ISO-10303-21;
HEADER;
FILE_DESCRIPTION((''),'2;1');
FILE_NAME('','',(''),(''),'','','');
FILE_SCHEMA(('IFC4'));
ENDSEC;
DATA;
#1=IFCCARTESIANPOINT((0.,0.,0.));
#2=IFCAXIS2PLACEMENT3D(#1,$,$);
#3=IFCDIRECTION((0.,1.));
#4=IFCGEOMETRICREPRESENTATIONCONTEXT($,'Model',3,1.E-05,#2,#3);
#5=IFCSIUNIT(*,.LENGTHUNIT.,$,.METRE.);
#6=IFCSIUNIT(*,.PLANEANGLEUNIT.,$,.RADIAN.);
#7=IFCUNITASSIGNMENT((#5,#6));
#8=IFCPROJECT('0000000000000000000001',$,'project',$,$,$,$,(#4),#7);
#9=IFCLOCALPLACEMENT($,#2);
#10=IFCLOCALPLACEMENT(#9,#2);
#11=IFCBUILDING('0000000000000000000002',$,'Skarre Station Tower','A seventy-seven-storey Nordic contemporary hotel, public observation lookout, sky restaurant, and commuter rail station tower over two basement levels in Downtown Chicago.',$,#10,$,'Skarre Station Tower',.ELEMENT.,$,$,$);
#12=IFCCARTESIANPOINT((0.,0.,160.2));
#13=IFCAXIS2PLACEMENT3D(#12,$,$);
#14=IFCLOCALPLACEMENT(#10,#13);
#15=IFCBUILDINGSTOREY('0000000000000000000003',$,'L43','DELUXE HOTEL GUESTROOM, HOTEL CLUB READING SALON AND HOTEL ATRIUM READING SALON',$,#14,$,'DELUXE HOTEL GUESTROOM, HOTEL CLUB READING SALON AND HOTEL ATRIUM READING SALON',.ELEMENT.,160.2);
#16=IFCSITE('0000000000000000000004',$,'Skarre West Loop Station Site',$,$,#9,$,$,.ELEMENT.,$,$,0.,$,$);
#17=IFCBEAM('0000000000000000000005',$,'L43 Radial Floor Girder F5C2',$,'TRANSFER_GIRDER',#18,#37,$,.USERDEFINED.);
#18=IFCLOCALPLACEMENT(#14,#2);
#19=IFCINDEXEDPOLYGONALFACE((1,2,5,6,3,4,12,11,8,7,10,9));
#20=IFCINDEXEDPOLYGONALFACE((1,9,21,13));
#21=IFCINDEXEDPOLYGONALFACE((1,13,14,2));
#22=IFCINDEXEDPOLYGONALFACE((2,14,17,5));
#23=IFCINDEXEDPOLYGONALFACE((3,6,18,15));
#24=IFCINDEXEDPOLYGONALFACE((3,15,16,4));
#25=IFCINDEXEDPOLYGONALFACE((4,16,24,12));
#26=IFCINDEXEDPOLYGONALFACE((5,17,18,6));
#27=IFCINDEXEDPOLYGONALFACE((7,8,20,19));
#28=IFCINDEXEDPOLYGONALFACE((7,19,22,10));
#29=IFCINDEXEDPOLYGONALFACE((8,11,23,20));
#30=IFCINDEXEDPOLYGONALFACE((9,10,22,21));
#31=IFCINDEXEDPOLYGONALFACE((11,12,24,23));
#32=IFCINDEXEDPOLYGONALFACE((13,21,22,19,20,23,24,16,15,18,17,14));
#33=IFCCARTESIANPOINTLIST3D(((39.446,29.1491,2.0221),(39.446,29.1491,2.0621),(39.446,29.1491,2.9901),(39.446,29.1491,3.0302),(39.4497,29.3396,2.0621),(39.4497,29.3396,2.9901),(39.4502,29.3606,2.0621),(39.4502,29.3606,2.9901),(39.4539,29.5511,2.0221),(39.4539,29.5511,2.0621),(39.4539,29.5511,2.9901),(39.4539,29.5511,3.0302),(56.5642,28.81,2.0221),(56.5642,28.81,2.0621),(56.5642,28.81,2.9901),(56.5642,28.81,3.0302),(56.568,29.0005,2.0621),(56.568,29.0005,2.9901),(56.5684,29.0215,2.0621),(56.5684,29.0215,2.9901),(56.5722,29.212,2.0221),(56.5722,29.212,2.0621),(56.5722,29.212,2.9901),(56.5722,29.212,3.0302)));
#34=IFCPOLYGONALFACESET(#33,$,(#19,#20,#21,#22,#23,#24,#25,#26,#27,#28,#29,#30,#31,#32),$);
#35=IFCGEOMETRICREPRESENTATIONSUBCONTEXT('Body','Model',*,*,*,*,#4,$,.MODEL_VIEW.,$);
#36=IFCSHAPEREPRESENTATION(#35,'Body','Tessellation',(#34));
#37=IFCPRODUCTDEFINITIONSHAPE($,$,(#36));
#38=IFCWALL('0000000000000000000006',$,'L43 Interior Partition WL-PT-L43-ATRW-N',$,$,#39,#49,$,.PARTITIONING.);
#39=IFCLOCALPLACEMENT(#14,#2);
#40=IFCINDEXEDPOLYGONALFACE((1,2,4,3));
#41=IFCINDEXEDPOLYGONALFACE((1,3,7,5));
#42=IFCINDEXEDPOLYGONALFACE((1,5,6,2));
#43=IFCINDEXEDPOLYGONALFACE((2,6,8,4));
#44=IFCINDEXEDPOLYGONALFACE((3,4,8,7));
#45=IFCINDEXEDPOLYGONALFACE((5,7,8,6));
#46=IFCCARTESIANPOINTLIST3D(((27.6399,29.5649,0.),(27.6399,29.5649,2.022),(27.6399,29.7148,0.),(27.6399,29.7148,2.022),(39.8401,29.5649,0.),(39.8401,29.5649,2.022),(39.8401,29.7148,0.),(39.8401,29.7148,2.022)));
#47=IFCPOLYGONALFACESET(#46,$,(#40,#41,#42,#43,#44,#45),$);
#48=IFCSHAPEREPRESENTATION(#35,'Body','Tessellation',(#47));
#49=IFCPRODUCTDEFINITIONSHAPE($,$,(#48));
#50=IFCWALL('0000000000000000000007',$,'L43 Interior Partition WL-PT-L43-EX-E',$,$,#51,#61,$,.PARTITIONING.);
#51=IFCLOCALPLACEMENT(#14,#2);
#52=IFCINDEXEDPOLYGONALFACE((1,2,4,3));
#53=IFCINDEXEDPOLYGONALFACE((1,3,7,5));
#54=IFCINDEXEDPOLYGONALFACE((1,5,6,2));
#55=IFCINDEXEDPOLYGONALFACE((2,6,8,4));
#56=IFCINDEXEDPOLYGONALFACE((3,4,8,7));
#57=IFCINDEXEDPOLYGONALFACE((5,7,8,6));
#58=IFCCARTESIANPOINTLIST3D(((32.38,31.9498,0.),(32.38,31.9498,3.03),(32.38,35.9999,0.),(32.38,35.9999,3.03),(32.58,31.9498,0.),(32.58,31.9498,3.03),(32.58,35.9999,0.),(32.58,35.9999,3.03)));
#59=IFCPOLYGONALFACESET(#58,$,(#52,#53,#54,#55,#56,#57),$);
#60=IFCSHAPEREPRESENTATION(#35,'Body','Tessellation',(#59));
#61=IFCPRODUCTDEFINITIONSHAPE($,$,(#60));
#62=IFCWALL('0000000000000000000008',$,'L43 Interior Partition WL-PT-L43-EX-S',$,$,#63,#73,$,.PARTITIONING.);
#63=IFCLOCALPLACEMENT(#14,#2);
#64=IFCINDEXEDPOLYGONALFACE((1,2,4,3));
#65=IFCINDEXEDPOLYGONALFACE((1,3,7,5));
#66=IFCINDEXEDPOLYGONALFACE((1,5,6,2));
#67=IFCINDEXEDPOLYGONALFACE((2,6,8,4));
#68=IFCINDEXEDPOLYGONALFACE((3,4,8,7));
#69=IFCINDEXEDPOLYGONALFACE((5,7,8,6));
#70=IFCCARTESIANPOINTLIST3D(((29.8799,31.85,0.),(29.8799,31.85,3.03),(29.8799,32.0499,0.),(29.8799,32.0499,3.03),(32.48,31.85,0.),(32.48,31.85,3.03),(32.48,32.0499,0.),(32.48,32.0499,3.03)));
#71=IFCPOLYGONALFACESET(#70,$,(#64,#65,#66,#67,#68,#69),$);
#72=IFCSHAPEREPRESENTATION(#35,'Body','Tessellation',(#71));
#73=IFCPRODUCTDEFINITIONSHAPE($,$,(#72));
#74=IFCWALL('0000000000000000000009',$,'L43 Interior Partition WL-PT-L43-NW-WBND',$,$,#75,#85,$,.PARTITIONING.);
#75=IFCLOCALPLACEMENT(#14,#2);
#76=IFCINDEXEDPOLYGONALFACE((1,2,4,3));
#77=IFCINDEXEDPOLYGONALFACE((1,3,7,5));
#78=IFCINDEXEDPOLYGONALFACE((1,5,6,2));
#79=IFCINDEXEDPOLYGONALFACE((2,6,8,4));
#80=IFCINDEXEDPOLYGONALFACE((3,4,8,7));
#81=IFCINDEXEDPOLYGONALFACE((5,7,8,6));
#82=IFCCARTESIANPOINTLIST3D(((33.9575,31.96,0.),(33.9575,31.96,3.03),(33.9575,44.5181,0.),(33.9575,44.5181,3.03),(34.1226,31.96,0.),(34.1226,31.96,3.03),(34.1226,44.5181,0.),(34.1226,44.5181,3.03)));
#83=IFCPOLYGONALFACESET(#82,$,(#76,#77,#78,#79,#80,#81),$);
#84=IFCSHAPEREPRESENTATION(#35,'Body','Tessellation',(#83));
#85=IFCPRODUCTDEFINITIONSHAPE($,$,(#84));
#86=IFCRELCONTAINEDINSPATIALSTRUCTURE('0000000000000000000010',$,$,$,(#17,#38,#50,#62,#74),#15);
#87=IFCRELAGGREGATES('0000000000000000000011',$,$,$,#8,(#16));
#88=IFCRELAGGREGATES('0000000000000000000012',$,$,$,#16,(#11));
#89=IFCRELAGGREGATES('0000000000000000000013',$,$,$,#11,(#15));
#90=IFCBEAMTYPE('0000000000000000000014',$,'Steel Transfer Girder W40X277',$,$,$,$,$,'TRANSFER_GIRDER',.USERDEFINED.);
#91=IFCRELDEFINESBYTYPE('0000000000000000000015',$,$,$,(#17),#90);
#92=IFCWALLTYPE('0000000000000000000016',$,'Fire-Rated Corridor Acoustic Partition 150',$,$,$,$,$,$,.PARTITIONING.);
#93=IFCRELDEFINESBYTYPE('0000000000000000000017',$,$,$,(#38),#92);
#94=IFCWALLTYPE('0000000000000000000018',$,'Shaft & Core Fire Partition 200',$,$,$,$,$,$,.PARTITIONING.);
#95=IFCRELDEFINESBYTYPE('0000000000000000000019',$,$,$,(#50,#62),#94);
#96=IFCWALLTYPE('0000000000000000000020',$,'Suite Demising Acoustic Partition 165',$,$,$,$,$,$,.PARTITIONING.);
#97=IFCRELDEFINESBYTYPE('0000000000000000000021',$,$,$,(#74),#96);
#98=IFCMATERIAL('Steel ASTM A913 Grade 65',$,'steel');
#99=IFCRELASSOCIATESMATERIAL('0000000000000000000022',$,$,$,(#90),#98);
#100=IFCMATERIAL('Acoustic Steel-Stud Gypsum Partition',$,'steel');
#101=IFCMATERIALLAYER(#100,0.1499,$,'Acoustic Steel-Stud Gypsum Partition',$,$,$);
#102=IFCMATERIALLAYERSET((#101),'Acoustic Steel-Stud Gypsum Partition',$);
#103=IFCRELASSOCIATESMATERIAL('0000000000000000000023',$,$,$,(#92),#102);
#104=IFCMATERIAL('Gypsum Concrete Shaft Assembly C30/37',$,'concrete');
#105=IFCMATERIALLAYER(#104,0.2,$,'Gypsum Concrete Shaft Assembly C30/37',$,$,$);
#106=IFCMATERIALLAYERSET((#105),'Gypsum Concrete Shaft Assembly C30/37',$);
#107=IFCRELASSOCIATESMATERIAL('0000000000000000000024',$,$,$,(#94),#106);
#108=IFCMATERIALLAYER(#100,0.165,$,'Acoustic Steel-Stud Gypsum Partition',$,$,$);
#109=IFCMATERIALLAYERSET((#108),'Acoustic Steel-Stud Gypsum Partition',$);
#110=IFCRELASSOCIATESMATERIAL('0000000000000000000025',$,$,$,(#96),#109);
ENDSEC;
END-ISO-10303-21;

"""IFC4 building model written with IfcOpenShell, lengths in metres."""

from ifc_helpers import new_model, si_unit, direction, frame, frame_2d, origin, origin_2d, place, context, subcontext, project, spatial, rectangle, i_section, extrude, material, layer, layer_set, material_profile, profile_set, type_object, element, save


model = new_model("IFC4")

# Units and contexts
model_context = context("Model", 3, precision=1e-05, world=origin(), true_north=direction((0.0, 1.0)))
body_context = subcontext(model_context, "Body", "Model", "MODEL_VIEW")
ifc_project = project(units=[si_unit("LENGTHUNIT", "METRE"), si_unit("PLANEANGLEUNIT", "RADIAN")], contexts=[model_context])

# Site, building, storey
site_placement = place(None, origin())
site = spatial("IfcSite", under=ifc_project, at=site_placement, Name="Skarre West Loop Station Site", CompositionType="ELEMENT", RefElevation=0.0)
building_placement = place(site_placement, origin())
building = spatial("IfcBuilding", under=site, at=building_placement, Name="Skarre Station Tower", Description="A seventy-seven-storey Nordic contemporary hotel, public observation lookout, sky restaurant, and commuter rail station tower over two basement levels in Downtown Chicago.", LongName="Skarre Station Tower", CompositionType="ELEMENT")
storey_placement = place(building_placement, frame((0.0, 0.0, 160.2)))
storey = spatial("IfcBuildingStorey", under=building, at=storey_placement, Name="L43", Description="DELUXE HOTEL GUESTROOM, HOTEL CLUB READING SALON AND HOTEL ATRIUM READING SALON", LongName="DELUXE HOTEL GUESTROOM, HOTEL CLUB READING SALON AND HOTEL ATRIUM READING SALON", CompositionType="ELEMENT", Elevation=160.2)

# Shared definitions
ifc_material_1 = material(Name="Steel ASTM A913 Grade 65", Category="steel")

# Beam
ifc_material_profile_1 = material_profile(ifc_material_1, i_section(OverallWidth=0.4021, OverallDepth=1.0081, WebThickness=0.021, FlangeThickness=0.04, at=origin_2d()), Name="Steel ASTM A913 Grade 65")
ifc_profile_set_1 = profile_set([ifc_material_profile_1], Name="Steel ASTM A913 Grade 65")
beam_type_1 = type_object("IfcBeamType", Name="Steel Transfer Girder W40X277", ElementType="TRANSFER_GIRDER", PredefinedType="USERDEFINED", material=ifc_profile_set_1)
beam_1_placement = place(storey_placement, frame((39.45, 29.3501, 2.5261), z_axis=(0.999804, -0.019806, 0.0), x_axis=(0.019806, 0.999804, 0.0)))
element("IfcBeam", 1, at=beam_1_placement, inside=storey, type_object=beam_type_1, Name="L43 Radial Floor Girder F5C2", ObjectType="TRANSFER_GIRDER", PredefinedType="USERDEFINED", context=body_context, shape_type="SweptSolid", body=[
    extrude(i_section(OverallWidth=0.4021, OverallDepth=1.0081, WebThickness=0.021, FlangeThickness=0.04, at=origin_2d()), origin(), (0.0, 0.0, 1.0), 17.1216),
])

# Walls
ifc_material_2 = material(Name="Acoustic Steel-Stud Gypsum Partition", Category="steel")
ifc_layer_1 = layer(ifc_material_2, 0.1499, Name="Acoustic Steel-Stud Gypsum Partition")
ifc_layer_set_1 = layer_set([ifc_layer_1], Name="Acoustic Steel-Stud Gypsum Partition")
wall_type_1 = type_object("IfcWallType", Name="Fire-Rated Corridor Acoustic Partition 150", PredefinedType="PARTITIONING", material=ifc_layer_set_1)
wall_1_placement = place(storey_placement, frame((39.8401, 29.6399, 0.0), z_axis=(0.0, 0.0, 1.0), x_axis=(-1.0, 0.0, 0.0)))
element("IfcWall", 2, at=wall_1_placement, inside=storey, type_object=wall_type_1, Name="L43 Interior Partition WL-PT-L43-ATRW-N", PredefinedType="PARTITIONING", context=body_context, shape_type="SweptSolid", body=[
    extrude(rectangle(XDim=12.2002, YDim=0.1499, at=frame_2d((6.1001, 0.0))), origin(), (0.0, 0.0, 1.0), 2.022),
])
ifc_material_3 = material(Name="Gypsum Concrete Shaft Assembly C30/37", Category="concrete")
ifc_layer_2 = layer(ifc_material_3, 0.2, Name="Gypsum Concrete Shaft Assembly C30/37")
ifc_layer_set_2 = layer_set([ifc_layer_2], Name="Gypsum Concrete Shaft Assembly C30/37")
wall_type_2 = type_object("IfcWallType", Name="Shaft & Core Fire Partition 200", PredefinedType="PARTITIONING", material=ifc_layer_set_2)
wall_2_placement = place(storey_placement, frame((32.48, 31.95, 0.0), z_axis=(0.0, 0.0, 1.0), x_axis=(0.0, 1.0, 0.0)))
element("IfcWall", 3, at=wall_2_placement, inside=storey, type_object=wall_type_2, Name="L43 Interior Partition WL-PT-L43-EX-E", PredefinedType="PARTITIONING", context=body_context, shape_type="SweptSolid", body=[
    extrude(rectangle(XDim=4.05, YDim=0.2, at=frame_2d((2.0249, 0.0))), origin(), (0.0, 0.0, 1.0), 3.03),
])
wall_3_placement = place(storey_placement, frame((32.48, 31.95, 0.0), z_axis=(0.0, 0.0, 1.0), x_axis=(-1.0, 0.0, 0.0)))
element("IfcWall", 4, at=wall_3_placement, inside=storey, type_object=wall_type_2, Name="L43 Interior Partition WL-PT-L43-EX-S", PredefinedType="PARTITIONING", context=body_context, shape_type="SweptSolid", body=[
    extrude(rectangle(XDim=2.6001, YDim=0.2, at=frame_2d((1.3, 0.0))), origin(), (0.0, 0.0, 1.0), 3.03),
])
ifc_layer_3 = layer(ifc_material_2, 0.165, Name="Acoustic Steel-Stud Gypsum Partition")
ifc_layer_set_3 = layer_set([ifc_layer_3], Name="Acoustic Steel-Stud Gypsum Partition")
wall_type_3 = type_object("IfcWallType", Name="Suite Demising Acoustic Partition 165", PredefinedType="PARTITIONING", material=ifc_layer_set_3)
wall_4_placement = place(storey_placement, frame((34.04, 31.96, 0.0), z_axis=(0.0, 0.0, 1.0), x_axis=(0.0, 1.0, 0.0)))
element("IfcWall", 5, at=wall_4_placement, inside=storey, type_object=wall_type_3, Name="L43 Interior Partition WL-PT-L43-NW-WBND", PredefinedType="PARTITIONING", context=body_context, shape_type="SweptSolid", body=[
    extrude(rectangle(XDim=12.5581, YDim=0.165, at=frame_2d((6.2791, 0.0))), origin(), (0.0, 0.0, 1.0), 3.03),
])

save(model, "model.ifc")
